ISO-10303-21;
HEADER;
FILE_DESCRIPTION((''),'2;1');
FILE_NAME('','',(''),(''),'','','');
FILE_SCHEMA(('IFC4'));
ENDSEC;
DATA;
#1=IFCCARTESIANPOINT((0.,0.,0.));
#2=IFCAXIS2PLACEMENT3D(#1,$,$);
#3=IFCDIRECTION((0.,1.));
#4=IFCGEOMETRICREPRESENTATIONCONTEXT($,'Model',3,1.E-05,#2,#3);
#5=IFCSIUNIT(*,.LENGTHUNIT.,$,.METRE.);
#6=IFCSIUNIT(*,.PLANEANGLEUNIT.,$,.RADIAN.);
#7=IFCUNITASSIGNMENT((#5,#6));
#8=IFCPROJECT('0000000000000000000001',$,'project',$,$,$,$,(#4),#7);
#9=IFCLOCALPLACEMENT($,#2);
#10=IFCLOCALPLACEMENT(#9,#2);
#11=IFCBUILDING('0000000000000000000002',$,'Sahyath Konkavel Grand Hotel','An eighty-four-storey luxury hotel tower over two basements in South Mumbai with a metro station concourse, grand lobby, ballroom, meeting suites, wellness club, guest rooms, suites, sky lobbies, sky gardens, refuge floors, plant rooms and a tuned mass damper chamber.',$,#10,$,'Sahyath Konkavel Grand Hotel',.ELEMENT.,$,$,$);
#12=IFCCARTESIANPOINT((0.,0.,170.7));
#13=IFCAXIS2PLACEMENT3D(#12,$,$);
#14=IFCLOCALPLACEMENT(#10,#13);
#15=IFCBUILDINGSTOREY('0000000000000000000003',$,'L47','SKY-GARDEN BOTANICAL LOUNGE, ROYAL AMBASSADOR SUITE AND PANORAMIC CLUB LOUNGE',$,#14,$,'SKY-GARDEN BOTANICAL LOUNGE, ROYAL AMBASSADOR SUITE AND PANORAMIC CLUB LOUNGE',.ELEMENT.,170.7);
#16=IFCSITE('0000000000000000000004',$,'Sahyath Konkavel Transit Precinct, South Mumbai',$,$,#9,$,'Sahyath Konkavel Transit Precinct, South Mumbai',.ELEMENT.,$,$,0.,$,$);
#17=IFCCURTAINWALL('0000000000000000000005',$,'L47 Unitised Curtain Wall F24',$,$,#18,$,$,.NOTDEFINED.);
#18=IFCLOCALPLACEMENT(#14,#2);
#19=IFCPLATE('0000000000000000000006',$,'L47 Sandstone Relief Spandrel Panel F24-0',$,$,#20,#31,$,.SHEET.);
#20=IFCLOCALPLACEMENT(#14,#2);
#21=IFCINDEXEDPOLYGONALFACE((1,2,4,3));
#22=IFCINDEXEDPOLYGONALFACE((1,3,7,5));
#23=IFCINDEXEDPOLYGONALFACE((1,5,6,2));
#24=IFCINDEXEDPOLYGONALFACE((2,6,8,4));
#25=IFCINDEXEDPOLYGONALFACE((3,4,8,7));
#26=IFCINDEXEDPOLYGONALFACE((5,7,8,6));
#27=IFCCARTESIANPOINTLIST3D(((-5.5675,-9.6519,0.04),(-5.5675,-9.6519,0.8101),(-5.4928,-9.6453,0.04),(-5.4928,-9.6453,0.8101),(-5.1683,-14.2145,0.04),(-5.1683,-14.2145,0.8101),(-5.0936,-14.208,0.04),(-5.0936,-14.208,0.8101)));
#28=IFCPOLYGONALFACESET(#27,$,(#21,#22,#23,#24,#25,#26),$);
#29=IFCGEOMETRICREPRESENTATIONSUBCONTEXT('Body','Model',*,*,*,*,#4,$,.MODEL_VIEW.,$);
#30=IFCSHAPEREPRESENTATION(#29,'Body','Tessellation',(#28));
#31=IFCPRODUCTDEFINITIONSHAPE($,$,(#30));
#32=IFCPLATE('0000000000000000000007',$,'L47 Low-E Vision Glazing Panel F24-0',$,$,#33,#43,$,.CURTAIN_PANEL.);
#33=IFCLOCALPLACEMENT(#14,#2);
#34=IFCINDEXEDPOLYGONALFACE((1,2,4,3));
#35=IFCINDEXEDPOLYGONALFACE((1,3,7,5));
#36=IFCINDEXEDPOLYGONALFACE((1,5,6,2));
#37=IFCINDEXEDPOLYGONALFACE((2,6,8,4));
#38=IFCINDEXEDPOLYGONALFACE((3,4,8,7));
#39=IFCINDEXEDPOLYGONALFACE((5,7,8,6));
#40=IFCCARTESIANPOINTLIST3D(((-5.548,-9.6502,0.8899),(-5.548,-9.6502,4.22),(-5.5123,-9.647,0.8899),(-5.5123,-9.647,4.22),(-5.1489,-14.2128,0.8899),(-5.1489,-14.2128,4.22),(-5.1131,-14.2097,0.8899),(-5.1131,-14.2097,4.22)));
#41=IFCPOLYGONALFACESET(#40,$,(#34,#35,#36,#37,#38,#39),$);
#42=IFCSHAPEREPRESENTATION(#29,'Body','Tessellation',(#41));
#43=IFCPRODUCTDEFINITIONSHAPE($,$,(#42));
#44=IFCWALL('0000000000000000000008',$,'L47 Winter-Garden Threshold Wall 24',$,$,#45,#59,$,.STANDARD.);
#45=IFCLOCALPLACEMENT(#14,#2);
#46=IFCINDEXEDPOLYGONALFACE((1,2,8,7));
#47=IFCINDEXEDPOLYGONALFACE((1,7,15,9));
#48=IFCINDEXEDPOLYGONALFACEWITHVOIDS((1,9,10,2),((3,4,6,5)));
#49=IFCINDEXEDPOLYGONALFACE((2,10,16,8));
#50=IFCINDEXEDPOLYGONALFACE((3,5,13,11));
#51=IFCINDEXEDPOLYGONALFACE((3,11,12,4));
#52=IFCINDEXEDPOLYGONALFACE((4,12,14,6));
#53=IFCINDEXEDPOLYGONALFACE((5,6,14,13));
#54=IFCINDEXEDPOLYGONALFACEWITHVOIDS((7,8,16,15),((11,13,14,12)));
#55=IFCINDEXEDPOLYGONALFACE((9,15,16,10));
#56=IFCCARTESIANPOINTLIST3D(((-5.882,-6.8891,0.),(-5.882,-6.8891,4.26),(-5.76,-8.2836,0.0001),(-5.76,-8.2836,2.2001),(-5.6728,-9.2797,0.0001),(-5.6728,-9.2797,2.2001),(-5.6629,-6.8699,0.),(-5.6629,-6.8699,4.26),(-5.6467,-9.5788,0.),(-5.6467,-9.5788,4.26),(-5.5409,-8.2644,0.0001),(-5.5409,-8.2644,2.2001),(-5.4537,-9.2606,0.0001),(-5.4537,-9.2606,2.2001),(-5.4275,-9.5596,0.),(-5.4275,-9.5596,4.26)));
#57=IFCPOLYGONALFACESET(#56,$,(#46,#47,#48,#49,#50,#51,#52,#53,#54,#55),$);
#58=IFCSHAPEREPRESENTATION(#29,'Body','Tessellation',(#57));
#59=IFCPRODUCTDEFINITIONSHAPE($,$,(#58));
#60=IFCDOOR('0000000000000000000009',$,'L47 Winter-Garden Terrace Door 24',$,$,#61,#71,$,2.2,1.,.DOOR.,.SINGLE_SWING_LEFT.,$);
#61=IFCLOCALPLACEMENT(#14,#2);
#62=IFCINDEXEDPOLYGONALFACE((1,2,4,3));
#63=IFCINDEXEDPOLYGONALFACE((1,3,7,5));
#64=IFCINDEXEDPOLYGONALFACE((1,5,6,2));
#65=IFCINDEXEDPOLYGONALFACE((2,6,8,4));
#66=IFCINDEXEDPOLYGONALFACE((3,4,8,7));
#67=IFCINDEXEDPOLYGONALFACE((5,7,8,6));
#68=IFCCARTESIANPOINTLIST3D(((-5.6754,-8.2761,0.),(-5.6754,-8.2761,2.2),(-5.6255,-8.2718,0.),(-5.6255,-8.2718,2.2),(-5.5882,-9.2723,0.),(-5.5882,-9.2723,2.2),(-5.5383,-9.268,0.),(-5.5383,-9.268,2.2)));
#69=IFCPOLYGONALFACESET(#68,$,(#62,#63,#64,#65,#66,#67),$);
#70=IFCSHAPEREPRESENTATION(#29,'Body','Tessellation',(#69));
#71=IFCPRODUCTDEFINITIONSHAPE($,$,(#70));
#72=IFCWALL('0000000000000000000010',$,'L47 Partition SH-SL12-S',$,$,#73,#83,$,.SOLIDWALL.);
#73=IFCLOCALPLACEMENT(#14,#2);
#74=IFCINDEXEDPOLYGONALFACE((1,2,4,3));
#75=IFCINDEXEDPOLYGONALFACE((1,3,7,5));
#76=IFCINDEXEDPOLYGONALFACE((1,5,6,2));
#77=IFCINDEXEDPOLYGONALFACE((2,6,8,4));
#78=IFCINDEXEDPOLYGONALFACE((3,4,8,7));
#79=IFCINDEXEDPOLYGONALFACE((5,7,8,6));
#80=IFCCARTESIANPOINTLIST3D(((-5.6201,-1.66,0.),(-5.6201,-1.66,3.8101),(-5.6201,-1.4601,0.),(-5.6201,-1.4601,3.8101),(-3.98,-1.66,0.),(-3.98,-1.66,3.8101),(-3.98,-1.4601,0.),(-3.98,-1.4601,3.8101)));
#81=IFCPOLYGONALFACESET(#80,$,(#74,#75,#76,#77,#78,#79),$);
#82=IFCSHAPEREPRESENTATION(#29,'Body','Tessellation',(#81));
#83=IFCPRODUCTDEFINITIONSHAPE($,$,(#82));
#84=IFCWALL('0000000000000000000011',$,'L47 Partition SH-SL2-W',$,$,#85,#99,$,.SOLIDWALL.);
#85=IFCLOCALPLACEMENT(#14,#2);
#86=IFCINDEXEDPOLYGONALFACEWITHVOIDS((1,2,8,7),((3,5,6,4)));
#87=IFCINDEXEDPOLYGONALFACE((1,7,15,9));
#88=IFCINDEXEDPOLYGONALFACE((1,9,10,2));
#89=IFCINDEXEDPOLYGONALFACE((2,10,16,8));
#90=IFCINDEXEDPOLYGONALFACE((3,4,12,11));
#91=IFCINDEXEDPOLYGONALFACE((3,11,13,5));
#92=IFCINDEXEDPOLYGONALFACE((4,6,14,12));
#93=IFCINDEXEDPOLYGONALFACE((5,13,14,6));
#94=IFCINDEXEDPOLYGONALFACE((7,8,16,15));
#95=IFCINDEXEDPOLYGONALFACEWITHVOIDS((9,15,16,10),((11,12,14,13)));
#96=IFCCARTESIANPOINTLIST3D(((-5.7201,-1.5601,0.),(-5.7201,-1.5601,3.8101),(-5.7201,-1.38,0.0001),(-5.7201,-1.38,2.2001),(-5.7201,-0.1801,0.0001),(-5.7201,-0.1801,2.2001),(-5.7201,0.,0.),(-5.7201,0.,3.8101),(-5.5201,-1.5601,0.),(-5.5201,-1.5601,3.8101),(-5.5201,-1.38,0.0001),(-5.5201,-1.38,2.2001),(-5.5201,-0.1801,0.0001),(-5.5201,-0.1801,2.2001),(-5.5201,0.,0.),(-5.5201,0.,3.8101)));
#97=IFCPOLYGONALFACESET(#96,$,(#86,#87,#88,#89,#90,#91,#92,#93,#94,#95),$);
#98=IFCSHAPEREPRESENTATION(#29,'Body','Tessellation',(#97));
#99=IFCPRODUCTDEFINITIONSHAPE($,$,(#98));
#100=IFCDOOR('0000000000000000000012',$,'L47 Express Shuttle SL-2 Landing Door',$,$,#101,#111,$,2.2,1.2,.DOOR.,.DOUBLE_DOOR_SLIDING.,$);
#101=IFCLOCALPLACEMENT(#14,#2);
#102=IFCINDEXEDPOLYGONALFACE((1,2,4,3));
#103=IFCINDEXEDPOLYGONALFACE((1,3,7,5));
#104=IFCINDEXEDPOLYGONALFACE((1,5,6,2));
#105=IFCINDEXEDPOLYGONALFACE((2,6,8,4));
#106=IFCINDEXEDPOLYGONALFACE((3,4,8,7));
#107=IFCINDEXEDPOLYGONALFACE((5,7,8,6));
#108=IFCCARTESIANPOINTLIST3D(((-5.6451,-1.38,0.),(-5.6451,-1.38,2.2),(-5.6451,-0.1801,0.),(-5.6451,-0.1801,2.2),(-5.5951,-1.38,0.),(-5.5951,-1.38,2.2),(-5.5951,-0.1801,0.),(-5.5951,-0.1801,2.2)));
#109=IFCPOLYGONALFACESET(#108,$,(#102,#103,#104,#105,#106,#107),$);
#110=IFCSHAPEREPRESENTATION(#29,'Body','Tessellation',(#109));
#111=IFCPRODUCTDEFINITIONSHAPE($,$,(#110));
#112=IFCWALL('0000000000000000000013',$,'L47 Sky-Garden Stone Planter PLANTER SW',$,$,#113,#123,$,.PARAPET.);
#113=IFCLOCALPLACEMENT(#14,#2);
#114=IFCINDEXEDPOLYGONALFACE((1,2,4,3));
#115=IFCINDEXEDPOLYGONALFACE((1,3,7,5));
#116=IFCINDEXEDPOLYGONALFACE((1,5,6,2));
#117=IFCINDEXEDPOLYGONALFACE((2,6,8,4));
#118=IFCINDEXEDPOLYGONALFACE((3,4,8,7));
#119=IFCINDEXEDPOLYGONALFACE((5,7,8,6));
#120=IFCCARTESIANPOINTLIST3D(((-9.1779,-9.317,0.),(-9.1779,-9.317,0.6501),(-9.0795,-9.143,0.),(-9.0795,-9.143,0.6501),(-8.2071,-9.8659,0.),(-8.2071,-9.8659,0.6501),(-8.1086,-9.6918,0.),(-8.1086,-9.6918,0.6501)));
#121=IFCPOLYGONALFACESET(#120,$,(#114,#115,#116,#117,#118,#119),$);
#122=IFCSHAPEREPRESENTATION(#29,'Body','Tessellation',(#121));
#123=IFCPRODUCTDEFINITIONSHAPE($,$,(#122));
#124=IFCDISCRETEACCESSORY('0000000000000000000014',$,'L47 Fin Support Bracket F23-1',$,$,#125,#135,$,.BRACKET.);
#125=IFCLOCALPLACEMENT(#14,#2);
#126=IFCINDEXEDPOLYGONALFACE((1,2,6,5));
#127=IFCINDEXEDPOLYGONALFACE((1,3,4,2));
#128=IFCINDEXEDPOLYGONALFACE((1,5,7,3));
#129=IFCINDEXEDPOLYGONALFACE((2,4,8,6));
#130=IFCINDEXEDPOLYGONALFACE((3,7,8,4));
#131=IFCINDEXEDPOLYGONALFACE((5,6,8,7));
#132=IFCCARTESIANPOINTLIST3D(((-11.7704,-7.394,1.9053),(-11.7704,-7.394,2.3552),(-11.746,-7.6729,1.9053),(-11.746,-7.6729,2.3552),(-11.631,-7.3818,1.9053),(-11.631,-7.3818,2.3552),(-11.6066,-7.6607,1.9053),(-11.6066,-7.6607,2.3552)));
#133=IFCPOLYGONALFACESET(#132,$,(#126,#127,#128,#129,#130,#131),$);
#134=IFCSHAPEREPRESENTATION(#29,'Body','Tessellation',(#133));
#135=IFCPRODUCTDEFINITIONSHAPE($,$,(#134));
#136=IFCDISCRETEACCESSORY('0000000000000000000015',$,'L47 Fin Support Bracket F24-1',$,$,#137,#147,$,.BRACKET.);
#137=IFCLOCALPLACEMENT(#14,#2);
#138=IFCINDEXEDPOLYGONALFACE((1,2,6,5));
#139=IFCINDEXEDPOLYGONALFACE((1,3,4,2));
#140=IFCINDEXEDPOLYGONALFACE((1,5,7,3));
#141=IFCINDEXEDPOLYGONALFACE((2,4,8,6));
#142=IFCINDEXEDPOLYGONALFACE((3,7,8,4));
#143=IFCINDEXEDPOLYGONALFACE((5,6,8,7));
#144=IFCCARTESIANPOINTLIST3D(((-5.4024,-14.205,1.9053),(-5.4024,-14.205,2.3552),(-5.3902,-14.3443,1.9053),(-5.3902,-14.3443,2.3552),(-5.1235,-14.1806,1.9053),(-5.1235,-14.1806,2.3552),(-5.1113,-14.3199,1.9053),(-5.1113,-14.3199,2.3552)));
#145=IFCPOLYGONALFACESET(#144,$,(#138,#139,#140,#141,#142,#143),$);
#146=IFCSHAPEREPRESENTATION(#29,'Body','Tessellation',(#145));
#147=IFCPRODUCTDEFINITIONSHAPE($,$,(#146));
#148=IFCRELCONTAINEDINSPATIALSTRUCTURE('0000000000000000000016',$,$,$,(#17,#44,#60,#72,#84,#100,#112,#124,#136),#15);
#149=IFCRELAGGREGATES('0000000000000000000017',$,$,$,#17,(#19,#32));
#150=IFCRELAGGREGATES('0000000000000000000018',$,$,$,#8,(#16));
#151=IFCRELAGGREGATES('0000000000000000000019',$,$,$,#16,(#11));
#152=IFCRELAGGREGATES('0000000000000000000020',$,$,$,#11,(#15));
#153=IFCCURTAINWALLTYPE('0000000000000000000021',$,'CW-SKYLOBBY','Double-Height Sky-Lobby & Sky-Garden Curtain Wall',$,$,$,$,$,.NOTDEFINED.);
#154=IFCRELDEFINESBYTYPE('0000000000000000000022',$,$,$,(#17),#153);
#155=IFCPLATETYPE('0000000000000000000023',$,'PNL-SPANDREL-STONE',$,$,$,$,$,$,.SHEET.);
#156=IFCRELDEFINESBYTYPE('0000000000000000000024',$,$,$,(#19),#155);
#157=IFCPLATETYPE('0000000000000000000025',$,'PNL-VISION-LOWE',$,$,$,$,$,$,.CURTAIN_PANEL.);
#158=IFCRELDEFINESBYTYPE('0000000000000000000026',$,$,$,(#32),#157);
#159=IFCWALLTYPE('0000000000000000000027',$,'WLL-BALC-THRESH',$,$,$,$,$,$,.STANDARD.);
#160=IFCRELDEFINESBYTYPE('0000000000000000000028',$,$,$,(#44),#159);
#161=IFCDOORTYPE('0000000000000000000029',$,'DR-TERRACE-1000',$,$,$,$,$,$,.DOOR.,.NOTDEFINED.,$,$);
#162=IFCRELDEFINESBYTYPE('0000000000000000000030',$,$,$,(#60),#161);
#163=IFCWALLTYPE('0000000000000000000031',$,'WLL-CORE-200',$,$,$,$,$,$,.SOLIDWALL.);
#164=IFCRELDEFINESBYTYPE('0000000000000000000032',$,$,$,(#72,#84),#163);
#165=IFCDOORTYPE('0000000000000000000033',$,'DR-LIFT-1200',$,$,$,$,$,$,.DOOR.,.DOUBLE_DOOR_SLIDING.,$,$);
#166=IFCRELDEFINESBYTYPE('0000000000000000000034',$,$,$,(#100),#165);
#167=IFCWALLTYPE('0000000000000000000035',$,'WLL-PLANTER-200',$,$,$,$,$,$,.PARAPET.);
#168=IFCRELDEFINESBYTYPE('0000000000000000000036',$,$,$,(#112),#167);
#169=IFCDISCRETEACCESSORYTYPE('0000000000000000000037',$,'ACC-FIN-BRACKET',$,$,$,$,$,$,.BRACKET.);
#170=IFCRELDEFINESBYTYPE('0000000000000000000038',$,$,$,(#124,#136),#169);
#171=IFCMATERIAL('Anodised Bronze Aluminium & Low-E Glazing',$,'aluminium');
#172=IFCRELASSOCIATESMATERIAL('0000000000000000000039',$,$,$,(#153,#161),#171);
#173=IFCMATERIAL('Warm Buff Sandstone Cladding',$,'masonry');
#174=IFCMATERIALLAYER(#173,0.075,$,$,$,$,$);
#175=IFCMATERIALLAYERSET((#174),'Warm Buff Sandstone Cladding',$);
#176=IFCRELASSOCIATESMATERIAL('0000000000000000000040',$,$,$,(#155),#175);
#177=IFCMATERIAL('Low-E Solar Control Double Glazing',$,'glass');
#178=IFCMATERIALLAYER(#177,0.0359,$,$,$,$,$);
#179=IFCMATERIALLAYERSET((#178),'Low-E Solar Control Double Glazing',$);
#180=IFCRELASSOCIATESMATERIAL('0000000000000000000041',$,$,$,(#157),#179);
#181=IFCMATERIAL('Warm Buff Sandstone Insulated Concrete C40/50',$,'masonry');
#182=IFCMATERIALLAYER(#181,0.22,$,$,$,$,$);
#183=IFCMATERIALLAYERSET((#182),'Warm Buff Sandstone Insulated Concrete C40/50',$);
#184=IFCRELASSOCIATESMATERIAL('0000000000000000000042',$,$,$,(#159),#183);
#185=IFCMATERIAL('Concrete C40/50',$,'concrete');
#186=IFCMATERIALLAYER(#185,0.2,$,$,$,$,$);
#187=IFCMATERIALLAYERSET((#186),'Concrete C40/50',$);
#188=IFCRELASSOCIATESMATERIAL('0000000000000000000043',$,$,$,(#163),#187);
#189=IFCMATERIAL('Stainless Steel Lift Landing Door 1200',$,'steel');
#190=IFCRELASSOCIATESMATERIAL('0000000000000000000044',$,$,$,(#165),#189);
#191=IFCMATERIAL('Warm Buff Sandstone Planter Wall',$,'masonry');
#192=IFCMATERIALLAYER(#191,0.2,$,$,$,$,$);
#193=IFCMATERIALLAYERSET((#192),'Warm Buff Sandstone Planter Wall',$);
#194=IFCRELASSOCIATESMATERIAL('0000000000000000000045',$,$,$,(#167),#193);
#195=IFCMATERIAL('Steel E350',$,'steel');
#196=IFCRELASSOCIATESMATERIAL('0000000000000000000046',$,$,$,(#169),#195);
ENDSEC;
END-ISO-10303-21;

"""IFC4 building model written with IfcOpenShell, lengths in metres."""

from ifc_helpers import new_model, si_unit, direction, frame, frame_2d, origin, origin_2d, place, context, subcontext, project, spatial, rectangle, extrude, source, transform, mapped, material, layer, layer_set, type_object, element, fill, aggregate, save


model = new_model("IFC4")

# Units and contexts
model_context = context("Model", 3, precision=1e-05, world=origin(), true_north=direction((0.0, 1.0)))
body_context = subcontext(model_context, "Body", "Model", "MODEL_VIEW")
ifc_project = project(units=[si_unit("LENGTHUNIT", "METRE"), si_unit("PLANEANGLEUNIT", "RADIAN")], contexts=[model_context])

# Site, building, storey
site_placement = place(None, origin())
site = spatial("IfcSite", under=ifc_project, at=site_placement, Name="Sahyath Konkavel Transit Precinct, South Mumbai", LongName="Sahyath Konkavel Transit Precinct, South Mumbai", CompositionType="ELEMENT", RefElevation=0.0)
building_placement = place(site_placement, origin())
building = spatial("IfcBuilding", under=site, at=building_placement, Name="Sahyath Konkavel Grand Hotel", Description="An eighty-four-storey luxury hotel tower over two basements in South Mumbai with a metro station concourse, grand lobby, ballroom, meeting suites, wellness club, guest rooms, suites, sky lobbies, sky gardens, refuge floors, plant rooms and a tuned mass damper chamber.", LongName="Sahyath Konkavel Grand Hotel", CompositionType="ELEMENT")
storey_placement = place(building_placement, frame((0.0, 0.0, 170.7)))
storey = spatial("IfcBuildingStorey", under=building, at=storey_placement, Name="L47", Description="SKY-GARDEN BOTANICAL LOUNGE, ROYAL AMBASSADOR SUITE AND PANORAMIC CLUB LOUNGE", LongName="SKY-GARDEN BOTANICAL LOUNGE, ROYAL AMBASSADOR SUITE AND PANORAMIC CLUB LOUNGE", CompositionType="ELEMENT", Elevation=170.7)

# Shared definitions
ifc_material_1 = material(Name="Steel E350", Category="steel")

# Shared definitions
ifc_material_2 = material(Name="Anodised Bronze Aluminium & Low-E Glazing", Category="aluminium")
curtain_wall_type = type_object("IfcCurtainWallType", Name="CW-SKYLOBBY", Description="Double-Height Sky-Lobby & Sky-Garden Curtain Wall", PredefinedType="NOTDEFINED", material=ifc_material_2)

# Curtain wall
curtain_wall_1_placement = place(storey_placement, origin())
curtain_wall_1 = element("IfcCurtainWall", 1, at=curtain_wall_1_placement, inside=storey, type_object=curtain_wall_type, Name="L47 Unitised Curtain Wall F24", PredefinedType="NOTDEFINED")

# Plates
ifc_material_3 = material(Name="Warm Buff Sandstone Cladding", Category="masonry")
ifc_layer_1 = layer(ifc_material_3, 0.075)
ifc_layer_set_1 = layer_set([ifc_layer_1], Name="Warm Buff Sandstone Cladding")
plate_type_1 = type_object("IfcPlateType", Name="PNL-SPANDREL-STONE", PredefinedType="SHEET", material=ifc_layer_set_1)
ifc_material_4 = material(Name="Low-E Solar Control Double Glazing", Category="glass")
ifc_layer_2 = layer(ifc_material_4, 0.0359)
ifc_layer_set_2 = layer_set([ifc_layer_2], Name="Low-E Solar Control Double Glazing")
plate_type_2 = type_object("IfcPlateType", Name="PNL-VISION-LOWE", PredefinedType="CURTAIN_PANEL", material=ifc_layer_set_2)
shared_shape_1 = source(origin(), body_context, "Body", "SweptSolid", [
    extrude(rectangle(XDim=4.5801, YDim=0.075, at=origin_2d()), origin(), (0.0, 0.0, 1.0), 0.77),
])
plate_1_placement = place(storey_placement, frame((-5.3306, -11.9299, 0.04), z_axis=(0.0, 0.0, 1.0), x_axis=(0.087156, -0.996195, 0.0)))
plate_1 = element("IfcPlate", 2, at=plate_1_placement, type_object=plate_type_1, Name="L47 Sandstone Relief Spandrel Panel F24-0", PredefinedType="SHEET", context=body_context, shape_type="MappedRepresentation", body=[
    mapped(shared_shape_1, transform((0.0, 0.0, 0.0), scale=1.0)),
])
shared_shape_2 = source(origin(), body_context, "Body", "SweptSolid", [
    extrude(rectangle(XDim=4.5801, YDim=0.0359, at=origin_2d()), origin(), (0.0, 0.0, 1.0), 3.3301),
])
plate_2_placement = place(storey_placement, frame((-5.3306, -11.9299, 0.8899), z_axis=(0.0, 0.0, 1.0), x_axis=(0.087156, -0.996195, 0.0)))
plate_2 = element("IfcPlate", 3, at=plate_2_placement, type_object=plate_type_2, Name="L47 Low-E Vision Glazing Panel F24-0", PredefinedType="CURTAIN_PANEL", context=body_context, shape_type="MappedRepresentation", body=[
    mapped(shared_shape_2, transform((0.0, 0.0, 0.0), scale=1.0)),
])
aggregate(curtain_wall_1, [plate_1, plate_2])

# Wall, opening, door
ifc_material_5 = material(Name="Warm Buff Sandstone Insulated Concrete C40/50", Category="masonry")
ifc_layer_3 = layer(ifc_material_5, 0.22)
ifc_layer_set_3 = layer_set([ifc_layer_3], Name="Warm Buff Sandstone Insulated Concrete C40/50")
wall_type_1 = type_object("IfcWallType", Name="WLL-BALC-THRESH", PredefinedType="STANDARD", material=ifc_layer_set_3)
wall_1_placement = place(storey_placement, frame((-5.7725, -6.8794, 0.0), z_axis=(0.0, 0.0, 1.0), x_axis=(0.087168, -0.996194, 0.0)))
wall_1 = element("IfcWall", 4, at=wall_1_placement, inside=storey, type_object=wall_type_1, Name="L47 Winter-Garden Threshold Wall 24", PredefinedType="STANDARD", context=body_context, shape_type="SweptSolid", body=[
    extrude(rectangle(XDim=2.7, YDim=0.22, at=frame_2d((1.3501, 0.0))), origin(), (0.0, 0.0, 1.0), 4.26),
])
opening_1_placement = place(wall_1_placement, frame((1.3999, 0.0, 0.0)))
opening_1 = element("IfcOpeningElement", 5, at=opening_1_placement, cuts=wall_1, PredefinedType="OPENING", context=body_context, shape_type="SweptSolid", body=[
    extrude(rectangle(XDim=1.0, YDim=2.2, at=frame_2d((0.5, 1.1001))), frame((0.0, 0.1201, 0.0), z_axis=(0.0, -1.0, 0.0), x_axis=(1.0, 0.0, 0.0)), (0.0, 0.0, 1.0), 0.24),
])
door_type_1 = type_object("IfcDoorType", Name="DR-TERRACE-1000", OperationType="NOTDEFINED", PredefinedType="DOOR", material=ifc_material_2)
shared_shape_3 = source(origin(), body_context, "Body", "SweptSolid", [
    extrude(rectangle(XDim=1.0, YDim=0.05, at=origin_2d()), origin(), (0.0, 0.0, 1.0), 2.2),
])
door_1_placement = place(opening_1_placement, frame((0.5, 0.0, 0.0)))
door_1 = element("IfcDoor", 6, at=door_1_placement, inside=storey, type_object=door_type_1, Name="L47 Winter-Garden Terrace Door 24", OperationType="SINGLE_SWING_LEFT", OverallHeight=2.2, OverallWidth=1.0, PredefinedType="DOOR", context=body_context, shape_type="MappedRepresentation", body=[
    mapped(shared_shape_3, transform((0.0, 0.0, 0.0), scale=1.0)),
])
fill(opening_1, door_1)

# Wall
ifc_material_6 = material(Name="Concrete C40/50", Category="concrete")
ifc_layer_4 = layer(ifc_material_6, 0.2)
ifc_layer_set_4 = layer_set([ifc_layer_4], Name="Concrete C40/50")
wall_type_2 = type_object("IfcWallType", Name="WLL-CORE-200", PredefinedType="SOLIDWALL", material=ifc_layer_set_4)
wall_2_placement = place(storey_placement, frame((-5.6201, -1.5601, 0.0), z_axis=(0.0, 0.0, 1.0), x_axis=(1.0, 0.0, 0.0)))
element("IfcWall", 7, at=wall_2_placement, inside=storey, type_object=wall_type_2, Name="L47 Partition SH-SL12-S", PredefinedType="SOLIDWALL", context=body_context, shape_type="SweptSolid", body=[
    extrude(rectangle(XDim=1.6401, YDim=0.2, at=frame_2d((0.8201, 0.0))), origin(), (0.0, 0.0, 1.0), 3.8101),
])

# Wall, opening, door
wall_3_placement = place(storey_placement, frame((-5.6201, -1.5601, 0.0), z_axis=(0.0, 0.0, 1.0), x_axis=(0.0, 1.0, 0.0)))
wall_3 = element("IfcWall", 8, at=wall_3_placement, inside=storey, type_object=wall_type_2, Name="L47 Partition SH-SL2-W", PredefinedType="SOLIDWALL", context=body_context, shape_type="SweptSolid", body=[
    extrude(rectangle(XDim=1.5601, YDim=0.2, at=frame_2d((0.78, 0.0))), origin(), (0.0, 0.0, 1.0), 3.8101),
])
opening_2_placement = place(wall_3_placement, frame((0.1799, 0.0, 0.0)))
opening_2 = element("IfcOpeningElement", 9, at=opening_2_placement, cuts=wall_3, PredefinedType="OPENING", context=body_context, shape_type="SweptSolid", body=[
    extrude(rectangle(XDim=1.2, YDim=2.2, at=frame_2d((0.6001, 1.1001))), frame((0.0, 0.1099, 0.0), z_axis=(0.0, -1.0, 0.0), x_axis=(1.0, 0.0, 0.0)), (0.0, 0.0, 1.0), 0.22),
])
ifc_material_7 = material(Name="Stainless Steel Lift Landing Door 1200", Category="steel")
door_type_2 = type_object("IfcDoorType", Name="DR-LIFT-1200", OperationType="DOUBLE_DOOR_SLIDING", PredefinedType="DOOR", material=ifc_material_7)
shared_shape_4 = source(origin(), body_context, "Body", "SweptSolid", [
    extrude(rectangle(XDim=1.2, YDim=0.05, at=origin_2d()), origin(), (0.0, 0.0, 1.0), 2.2),
])
door_2_placement = place(opening_2_placement, frame((0.6001, 0.0, 0.0)))
door_2 = element("IfcDoor", 10, at=door_2_placement, inside=storey, type_object=door_type_2, Name="L47 Express Shuttle SL-2 Landing Door", OperationType="DOUBLE_DOOR_SLIDING", OverallHeight=2.2, OverallWidth=1.2, PredefinedType="DOOR", context=body_context, shape_type="MappedRepresentation", body=[
    mapped(shared_shape_4, transform((0.0, 0.0, 0.0), scale=1.0)),
])
fill(opening_2, door_2)

# Wall
ifc_material_8 = material(Name="Warm Buff Sandstone Planter Wall", Category="masonry")
ifc_layer_5 = layer(ifc_material_8, 0.2)
ifc_layer_set_5 = layer_set([ifc_layer_5], Name="Warm Buff Sandstone Planter Wall")
wall_type_3 = type_object("IfcWallType", Name="WLL-PLANTER-200", PredefinedType="PARAPET", material=ifc_layer_set_5)
wall_4_placement = place(storey_placement, frame((-9.1287, -9.23, 0.0), z_axis=(0.0, 0.0, 1.0), x_axis=(0.870498, -0.492173, 0.0)))
element("IfcWall", 11, at=wall_4_placement, inside=storey, type_object=wall_type_3, Name="L47 Sky-Garden Stone Planter PLANTER SW", PredefinedType="PARAPET", context=body_context, shape_type="SweptSolid", body=[
    extrude(rectangle(XDim=1.1152, YDim=0.2, at=frame_2d((0.5576, 0.0))), origin(), (0.0, 0.0, 1.0), 0.6501),
])

# Discrete accessories
discrete_accessory_type = type_object("IfcDiscreteAccessoryType", Name="ACC-FIN-BRACKET", PredefinedType="BRACKET", material=ifc_material_1)
shared_shape_5 = source(origin(), body_context, "Body", "SweptSolid", [
    extrude(rectangle(XDim=0.28, YDim=0.1399, at=origin_2d()), origin(), (0.0, 0.0, 1.0), 0.45),
])
for number, where, z_axis, x_axis, name in (
    (12, (-11.6885, -7.5273, 1.9053), (0.0, 0.0, 1.0), (0.087156, -0.996195, 0.0), "L47 Fin Support Bracket F23-1"),
    (13, (-5.2568, -14.2625, 1.9053), (0.0, 0.0, 1.0), (-0.996195, -0.087156, 0.0), "L47 Fin Support Bracket F24-1"),
):
    element("IfcDiscreteAccessory", number, at=place(storey_placement, frame(where, z_axis=z_axis, x_axis=x_axis)), inside=storey, type_object=discrete_accessory_type, Name=name, PredefinedType="BRACKET", context=body_context, shape_type="MappedRepresentation", body=[
        mapped(shared_shape_5, transform((0.0, 0.0, 0.0), scale=1.0)),
    ])

save(model, "model.ifc")
